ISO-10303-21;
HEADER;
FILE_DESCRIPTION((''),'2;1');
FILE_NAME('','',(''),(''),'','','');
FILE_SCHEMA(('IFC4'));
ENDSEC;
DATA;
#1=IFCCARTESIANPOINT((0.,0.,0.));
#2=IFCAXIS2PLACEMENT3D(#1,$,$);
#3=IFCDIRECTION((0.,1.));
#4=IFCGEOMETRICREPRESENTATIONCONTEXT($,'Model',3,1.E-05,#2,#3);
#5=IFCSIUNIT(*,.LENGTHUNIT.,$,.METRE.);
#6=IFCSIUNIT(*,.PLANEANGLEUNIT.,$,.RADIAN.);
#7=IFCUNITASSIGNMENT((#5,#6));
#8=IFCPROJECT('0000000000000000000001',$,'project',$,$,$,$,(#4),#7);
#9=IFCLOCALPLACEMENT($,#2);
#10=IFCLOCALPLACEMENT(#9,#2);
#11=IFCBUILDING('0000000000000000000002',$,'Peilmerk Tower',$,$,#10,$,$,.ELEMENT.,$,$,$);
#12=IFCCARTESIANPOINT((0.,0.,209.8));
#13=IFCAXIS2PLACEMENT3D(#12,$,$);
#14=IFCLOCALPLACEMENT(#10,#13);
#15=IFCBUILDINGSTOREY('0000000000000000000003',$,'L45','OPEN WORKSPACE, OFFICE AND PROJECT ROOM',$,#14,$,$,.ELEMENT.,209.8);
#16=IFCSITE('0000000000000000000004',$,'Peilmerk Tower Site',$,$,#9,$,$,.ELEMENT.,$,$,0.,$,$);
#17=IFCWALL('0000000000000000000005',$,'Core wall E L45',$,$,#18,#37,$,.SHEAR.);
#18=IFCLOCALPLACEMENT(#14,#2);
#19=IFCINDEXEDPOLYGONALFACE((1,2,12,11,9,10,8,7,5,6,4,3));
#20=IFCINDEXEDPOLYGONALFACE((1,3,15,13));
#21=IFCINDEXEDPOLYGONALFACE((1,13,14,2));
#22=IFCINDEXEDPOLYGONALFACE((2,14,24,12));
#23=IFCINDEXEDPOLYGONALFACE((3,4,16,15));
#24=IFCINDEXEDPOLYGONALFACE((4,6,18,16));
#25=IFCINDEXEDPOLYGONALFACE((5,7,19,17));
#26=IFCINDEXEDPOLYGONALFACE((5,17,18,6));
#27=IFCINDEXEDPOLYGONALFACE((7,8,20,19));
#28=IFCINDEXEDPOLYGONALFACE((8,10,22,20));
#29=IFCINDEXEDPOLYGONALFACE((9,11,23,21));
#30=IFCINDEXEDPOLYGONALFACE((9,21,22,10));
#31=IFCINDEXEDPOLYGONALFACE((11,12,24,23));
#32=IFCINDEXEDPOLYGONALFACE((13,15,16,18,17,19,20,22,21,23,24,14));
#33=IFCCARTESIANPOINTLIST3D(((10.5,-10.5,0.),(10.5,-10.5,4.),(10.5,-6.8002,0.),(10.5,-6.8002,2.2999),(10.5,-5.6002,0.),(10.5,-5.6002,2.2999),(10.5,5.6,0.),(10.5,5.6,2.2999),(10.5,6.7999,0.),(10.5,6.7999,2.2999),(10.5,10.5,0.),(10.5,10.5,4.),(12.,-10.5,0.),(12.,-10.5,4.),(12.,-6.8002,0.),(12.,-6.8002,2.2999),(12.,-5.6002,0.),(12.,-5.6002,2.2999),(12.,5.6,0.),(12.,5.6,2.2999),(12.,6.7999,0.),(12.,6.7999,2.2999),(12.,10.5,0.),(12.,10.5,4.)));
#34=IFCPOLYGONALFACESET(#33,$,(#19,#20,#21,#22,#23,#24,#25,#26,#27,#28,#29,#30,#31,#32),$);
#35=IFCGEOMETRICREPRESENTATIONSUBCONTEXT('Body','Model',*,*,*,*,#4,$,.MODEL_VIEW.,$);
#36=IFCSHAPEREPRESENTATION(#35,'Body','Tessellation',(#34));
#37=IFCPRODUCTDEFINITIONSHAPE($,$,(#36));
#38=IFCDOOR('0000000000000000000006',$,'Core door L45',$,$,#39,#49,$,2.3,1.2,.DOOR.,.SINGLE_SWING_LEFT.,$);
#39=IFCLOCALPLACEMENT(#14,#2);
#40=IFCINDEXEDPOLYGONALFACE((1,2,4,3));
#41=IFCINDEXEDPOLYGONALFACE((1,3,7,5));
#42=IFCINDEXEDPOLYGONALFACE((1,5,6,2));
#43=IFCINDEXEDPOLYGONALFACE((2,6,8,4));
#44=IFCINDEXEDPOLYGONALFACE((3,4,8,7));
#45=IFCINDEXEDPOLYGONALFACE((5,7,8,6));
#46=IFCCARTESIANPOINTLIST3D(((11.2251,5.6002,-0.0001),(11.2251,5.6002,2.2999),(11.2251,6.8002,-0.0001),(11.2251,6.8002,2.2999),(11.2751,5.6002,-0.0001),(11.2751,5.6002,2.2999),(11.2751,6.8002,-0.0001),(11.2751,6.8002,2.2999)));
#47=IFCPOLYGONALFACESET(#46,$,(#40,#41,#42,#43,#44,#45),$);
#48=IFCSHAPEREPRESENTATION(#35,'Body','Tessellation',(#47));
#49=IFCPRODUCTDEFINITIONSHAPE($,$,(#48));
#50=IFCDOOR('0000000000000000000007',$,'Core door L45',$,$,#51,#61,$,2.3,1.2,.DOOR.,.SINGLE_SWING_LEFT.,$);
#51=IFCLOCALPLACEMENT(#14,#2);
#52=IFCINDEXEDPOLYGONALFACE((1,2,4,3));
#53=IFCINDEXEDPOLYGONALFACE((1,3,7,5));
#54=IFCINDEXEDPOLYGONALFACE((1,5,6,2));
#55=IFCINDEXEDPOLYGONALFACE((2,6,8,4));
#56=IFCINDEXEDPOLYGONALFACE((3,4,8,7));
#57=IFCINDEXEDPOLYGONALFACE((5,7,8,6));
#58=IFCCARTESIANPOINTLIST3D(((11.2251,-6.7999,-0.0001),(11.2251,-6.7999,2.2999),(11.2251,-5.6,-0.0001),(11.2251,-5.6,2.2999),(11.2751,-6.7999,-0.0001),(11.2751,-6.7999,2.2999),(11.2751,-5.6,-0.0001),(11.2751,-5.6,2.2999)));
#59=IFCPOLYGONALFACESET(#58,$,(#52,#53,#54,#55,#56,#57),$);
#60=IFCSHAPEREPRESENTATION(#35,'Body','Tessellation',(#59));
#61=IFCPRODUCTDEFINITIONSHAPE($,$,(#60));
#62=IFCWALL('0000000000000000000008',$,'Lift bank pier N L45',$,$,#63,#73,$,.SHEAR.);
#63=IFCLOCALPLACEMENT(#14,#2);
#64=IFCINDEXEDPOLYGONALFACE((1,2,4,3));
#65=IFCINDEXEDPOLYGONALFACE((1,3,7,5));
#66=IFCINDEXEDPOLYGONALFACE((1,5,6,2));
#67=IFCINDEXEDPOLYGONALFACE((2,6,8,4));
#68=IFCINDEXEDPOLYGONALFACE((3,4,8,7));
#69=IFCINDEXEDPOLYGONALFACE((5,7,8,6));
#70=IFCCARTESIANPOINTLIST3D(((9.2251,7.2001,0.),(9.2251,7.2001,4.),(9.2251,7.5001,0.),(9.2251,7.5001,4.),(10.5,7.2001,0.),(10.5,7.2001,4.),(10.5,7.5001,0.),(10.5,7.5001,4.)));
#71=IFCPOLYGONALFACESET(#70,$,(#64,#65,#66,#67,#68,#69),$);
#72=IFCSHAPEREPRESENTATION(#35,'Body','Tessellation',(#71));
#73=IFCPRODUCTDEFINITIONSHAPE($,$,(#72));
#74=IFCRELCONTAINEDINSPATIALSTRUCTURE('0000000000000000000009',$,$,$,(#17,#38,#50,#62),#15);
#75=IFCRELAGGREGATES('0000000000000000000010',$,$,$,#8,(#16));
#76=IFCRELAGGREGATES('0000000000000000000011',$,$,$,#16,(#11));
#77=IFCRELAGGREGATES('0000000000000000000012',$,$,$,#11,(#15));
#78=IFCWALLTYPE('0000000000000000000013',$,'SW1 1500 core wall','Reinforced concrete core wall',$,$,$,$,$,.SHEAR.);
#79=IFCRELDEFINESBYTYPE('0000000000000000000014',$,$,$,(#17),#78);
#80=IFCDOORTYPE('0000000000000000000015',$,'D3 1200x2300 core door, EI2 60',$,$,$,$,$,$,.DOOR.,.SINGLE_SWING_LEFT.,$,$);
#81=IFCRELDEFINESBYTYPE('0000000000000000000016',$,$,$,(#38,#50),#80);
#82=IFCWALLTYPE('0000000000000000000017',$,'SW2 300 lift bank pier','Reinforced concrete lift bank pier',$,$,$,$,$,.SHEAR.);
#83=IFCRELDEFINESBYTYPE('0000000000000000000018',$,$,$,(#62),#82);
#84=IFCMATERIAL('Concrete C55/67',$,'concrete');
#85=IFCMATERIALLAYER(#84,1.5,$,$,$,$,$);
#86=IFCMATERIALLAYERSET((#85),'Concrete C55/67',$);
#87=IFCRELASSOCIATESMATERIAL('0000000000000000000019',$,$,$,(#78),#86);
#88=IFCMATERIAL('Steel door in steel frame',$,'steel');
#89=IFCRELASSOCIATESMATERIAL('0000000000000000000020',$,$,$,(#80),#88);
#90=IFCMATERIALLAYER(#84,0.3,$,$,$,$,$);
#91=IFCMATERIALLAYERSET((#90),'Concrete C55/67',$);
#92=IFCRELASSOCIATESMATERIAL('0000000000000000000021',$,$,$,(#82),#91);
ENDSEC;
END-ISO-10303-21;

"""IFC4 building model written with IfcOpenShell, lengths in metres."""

from ifc_helpers import new_model, si_unit, direction, frame, frame_2d, origin, place, context, subcontext, project, spatial, rectangle, extrude, material, layer, layer_set, type_object, element, fill, save


model = new_model("IFC4")

# Units and contexts
model_context = context("Model", 3, precision=1e-05, world=origin(), true_north=direction((0.0, 1.0)))
body_context = subcontext(model_context, "Body", "Model", "MODEL_VIEW")
ifc_project = project(units=[si_unit("LENGTHUNIT", "METRE"), si_unit("PLANEANGLEUNIT", "RADIAN")], contexts=[model_context])

# Site, building, storey
site_placement = place(None, origin())
site = spatial("IfcSite", under=ifc_project, at=site_placement, Name="Peilmerk Tower Site", CompositionType="ELEMENT", RefElevation=0.0)
building_placement = place(site_placement, origin())
building = spatial("IfcBuilding", under=site, at=building_placement, Name="Peilmerk Tower", CompositionType="ELEMENT")
storey_placement = place(building_placement, frame((0.0, 0.0, 209.8)))
storey = spatial("IfcBuildingStorey", under=building, at=storey_placement, Name="L45", Description="OPEN WORKSPACE, OFFICE AND PROJECT ROOM", CompositionType="ELEMENT", Elevation=209.8)

# Shared definitions
ifc_material_1 = material(Name="Steel door in steel frame", Category="steel")

# Wall, openings, doors
ifc_material_2 = material(Name="Concrete C55/67", Category="concrete")
ifc_layer_1 = layer(ifc_material_2, 1.5)
ifc_layer_set_1 = layer_set([ifc_layer_1], Name="Concrete C55/67")
wall_type_1 = type_object("IfcWallType", Name="SW1 1500 core wall", Description="Reinforced concrete core wall", PredefinedType="SHEAR", material=ifc_layer_set_1)
wall_1_placement = place(storey_placement, frame((11.25, 10.5, 0.0), z_axis=(0.0, 0.0, 1.0), x_axis=(0.0, -1.0, 0.0)))
wall_1 = element("IfcWall", 1, at=wall_1_placement, inside=storey, type_object=wall_type_1, Name="Core wall E L45", PredefinedType="SHEAR", context=body_context, shape_type="SweptSolid", body=[
    extrude(rectangle(XDim=21.0, YDim=1.5, at=frame_2d((10.5, 0.0))), origin(), (0.0, 0.0, 1.0), 4.0),
])
opening_1_placement = place(wall_1_placement, frame((3.7, 0.0, 0.0)))
opening_1 = element("IfcOpeningElement", 2, at=opening_1_placement, cuts=wall_1, PredefinedType="OPENING", context=body_context, shape_type="SweptSolid", body=[
    extrude(rectangle(XDim=1.2, YDim=2.3, at=frame_2d((0.6001, 1.1499))), frame((0.0, 0.76, 0.0), z_axis=(0.0, -1.0, 0.0), x_axis=(1.0, 0.0, 0.0)), (0.0, 0.0, 1.0), 1.52),
])
opening_2_placement = place(wall_1_placement, frame((16.1001, 0.0, 0.0)))
opening_2 = element("IfcOpeningElement", 3, at=opening_2_placement, cuts=wall_1, PredefinedType="OPENING", context=body_context, shape_type="SweptSolid", body=[
    extrude(rectangle(XDim=1.2, YDim=2.3, at=frame_2d((0.6001, 1.1499))), frame((0.0, 0.76, 0.0), z_axis=(0.0, -1.0, 0.0), x_axis=(1.0, 0.0, 0.0)), (0.0, 0.0, 1.0), 1.52),
])
door_type_1 = type_object("IfcDoorType", Name="D3 1200x2300 core door, EI2 60", OperationType="SINGLE_SWING_LEFT", PredefinedType="DOOR", material=ifc_material_1)
door_1_placement = place(opening_1_placement, frame((1.2, 0.0, 0.0), z_axis=(0.0, 0.0, 1.0), x_axis=(-1.0, 0.0, 0.0)))
door_1 = element("IfcDoor", 4, at=door_1_placement, inside=storey, type_object=door_type_1, Name="Core door L45", OperationType="SINGLE_SWING_LEFT", OverallHeight=2.3, OverallWidth=1.2, PredefinedType="DOOR", context=body_context, shape_type="SweptSolid", body=[
    extrude(rectangle(XDim=1.2, YDim=2.3, at=frame_2d((0.6001, 1.1499))), frame((0.0, 0.0249, 0.0), z_axis=(0.0, -1.0, 0.0), x_axis=(1.0, 0.0, 0.0)), (0.0, 0.0, 1.0), 0.05),
])
fill(opening_1, door_1)
door_2_placement = place(opening_2_placement, frame((1.2, 0.0, 0.0), z_axis=(0.0, 0.0, 1.0), x_axis=(-1.0, 0.0, 0.0)))
door_2 = element("IfcDoor", 5, at=door_2_placement, inside=storey, type_object=door_type_1, Name="Core door L45", OperationType="SINGLE_SWING_LEFT", OverallHeight=2.3, OverallWidth=1.2, PredefinedType="DOOR", context=body_context, shape_type="SweptSolid", body=[
    extrude(rectangle(XDim=1.2, YDim=2.3, at=frame_2d((0.6001, 1.1499))), frame((0.0, 0.0249, 0.0), z_axis=(0.0, -1.0, 0.0), x_axis=(1.0, 0.0, 0.0)), (0.0, 0.0, 1.0), 0.05),
])
fill(opening_2, door_2)

# Wall
ifc_layer_2 = layer(ifc_material_2, 0.3)
ifc_layer_set_2 = layer_set([ifc_layer_2], Name="Concrete C55/67")
wall_type_2 = type_object("IfcWallType", Name="SW2 300 lift bank pier", Description="Reinforced concrete lift bank pier", PredefinedType="SHEAR", material=ifc_layer_set_2)
wall_2_placement = place(storey_placement, frame((9.2251, 7.3501, 0.0), z_axis=(0.0, 0.0, 1.0), x_axis=(1.0, 0.0, 0.0)))
element("IfcWall", 6, at=wall_2_placement, inside=storey, type_object=wall_type_2, Name="Lift bank pier N L45", PredefinedType="SHEAR", context=body_context, shape_type="SweptSolid", body=[
    extrude(rectangle(XDim=1.2749, YDim=0.3, at=frame_2d((0.6375, 0.0))), origin(), (0.0, 0.0, 1.0), 4.0),
])

save(model, "model.ifc")
